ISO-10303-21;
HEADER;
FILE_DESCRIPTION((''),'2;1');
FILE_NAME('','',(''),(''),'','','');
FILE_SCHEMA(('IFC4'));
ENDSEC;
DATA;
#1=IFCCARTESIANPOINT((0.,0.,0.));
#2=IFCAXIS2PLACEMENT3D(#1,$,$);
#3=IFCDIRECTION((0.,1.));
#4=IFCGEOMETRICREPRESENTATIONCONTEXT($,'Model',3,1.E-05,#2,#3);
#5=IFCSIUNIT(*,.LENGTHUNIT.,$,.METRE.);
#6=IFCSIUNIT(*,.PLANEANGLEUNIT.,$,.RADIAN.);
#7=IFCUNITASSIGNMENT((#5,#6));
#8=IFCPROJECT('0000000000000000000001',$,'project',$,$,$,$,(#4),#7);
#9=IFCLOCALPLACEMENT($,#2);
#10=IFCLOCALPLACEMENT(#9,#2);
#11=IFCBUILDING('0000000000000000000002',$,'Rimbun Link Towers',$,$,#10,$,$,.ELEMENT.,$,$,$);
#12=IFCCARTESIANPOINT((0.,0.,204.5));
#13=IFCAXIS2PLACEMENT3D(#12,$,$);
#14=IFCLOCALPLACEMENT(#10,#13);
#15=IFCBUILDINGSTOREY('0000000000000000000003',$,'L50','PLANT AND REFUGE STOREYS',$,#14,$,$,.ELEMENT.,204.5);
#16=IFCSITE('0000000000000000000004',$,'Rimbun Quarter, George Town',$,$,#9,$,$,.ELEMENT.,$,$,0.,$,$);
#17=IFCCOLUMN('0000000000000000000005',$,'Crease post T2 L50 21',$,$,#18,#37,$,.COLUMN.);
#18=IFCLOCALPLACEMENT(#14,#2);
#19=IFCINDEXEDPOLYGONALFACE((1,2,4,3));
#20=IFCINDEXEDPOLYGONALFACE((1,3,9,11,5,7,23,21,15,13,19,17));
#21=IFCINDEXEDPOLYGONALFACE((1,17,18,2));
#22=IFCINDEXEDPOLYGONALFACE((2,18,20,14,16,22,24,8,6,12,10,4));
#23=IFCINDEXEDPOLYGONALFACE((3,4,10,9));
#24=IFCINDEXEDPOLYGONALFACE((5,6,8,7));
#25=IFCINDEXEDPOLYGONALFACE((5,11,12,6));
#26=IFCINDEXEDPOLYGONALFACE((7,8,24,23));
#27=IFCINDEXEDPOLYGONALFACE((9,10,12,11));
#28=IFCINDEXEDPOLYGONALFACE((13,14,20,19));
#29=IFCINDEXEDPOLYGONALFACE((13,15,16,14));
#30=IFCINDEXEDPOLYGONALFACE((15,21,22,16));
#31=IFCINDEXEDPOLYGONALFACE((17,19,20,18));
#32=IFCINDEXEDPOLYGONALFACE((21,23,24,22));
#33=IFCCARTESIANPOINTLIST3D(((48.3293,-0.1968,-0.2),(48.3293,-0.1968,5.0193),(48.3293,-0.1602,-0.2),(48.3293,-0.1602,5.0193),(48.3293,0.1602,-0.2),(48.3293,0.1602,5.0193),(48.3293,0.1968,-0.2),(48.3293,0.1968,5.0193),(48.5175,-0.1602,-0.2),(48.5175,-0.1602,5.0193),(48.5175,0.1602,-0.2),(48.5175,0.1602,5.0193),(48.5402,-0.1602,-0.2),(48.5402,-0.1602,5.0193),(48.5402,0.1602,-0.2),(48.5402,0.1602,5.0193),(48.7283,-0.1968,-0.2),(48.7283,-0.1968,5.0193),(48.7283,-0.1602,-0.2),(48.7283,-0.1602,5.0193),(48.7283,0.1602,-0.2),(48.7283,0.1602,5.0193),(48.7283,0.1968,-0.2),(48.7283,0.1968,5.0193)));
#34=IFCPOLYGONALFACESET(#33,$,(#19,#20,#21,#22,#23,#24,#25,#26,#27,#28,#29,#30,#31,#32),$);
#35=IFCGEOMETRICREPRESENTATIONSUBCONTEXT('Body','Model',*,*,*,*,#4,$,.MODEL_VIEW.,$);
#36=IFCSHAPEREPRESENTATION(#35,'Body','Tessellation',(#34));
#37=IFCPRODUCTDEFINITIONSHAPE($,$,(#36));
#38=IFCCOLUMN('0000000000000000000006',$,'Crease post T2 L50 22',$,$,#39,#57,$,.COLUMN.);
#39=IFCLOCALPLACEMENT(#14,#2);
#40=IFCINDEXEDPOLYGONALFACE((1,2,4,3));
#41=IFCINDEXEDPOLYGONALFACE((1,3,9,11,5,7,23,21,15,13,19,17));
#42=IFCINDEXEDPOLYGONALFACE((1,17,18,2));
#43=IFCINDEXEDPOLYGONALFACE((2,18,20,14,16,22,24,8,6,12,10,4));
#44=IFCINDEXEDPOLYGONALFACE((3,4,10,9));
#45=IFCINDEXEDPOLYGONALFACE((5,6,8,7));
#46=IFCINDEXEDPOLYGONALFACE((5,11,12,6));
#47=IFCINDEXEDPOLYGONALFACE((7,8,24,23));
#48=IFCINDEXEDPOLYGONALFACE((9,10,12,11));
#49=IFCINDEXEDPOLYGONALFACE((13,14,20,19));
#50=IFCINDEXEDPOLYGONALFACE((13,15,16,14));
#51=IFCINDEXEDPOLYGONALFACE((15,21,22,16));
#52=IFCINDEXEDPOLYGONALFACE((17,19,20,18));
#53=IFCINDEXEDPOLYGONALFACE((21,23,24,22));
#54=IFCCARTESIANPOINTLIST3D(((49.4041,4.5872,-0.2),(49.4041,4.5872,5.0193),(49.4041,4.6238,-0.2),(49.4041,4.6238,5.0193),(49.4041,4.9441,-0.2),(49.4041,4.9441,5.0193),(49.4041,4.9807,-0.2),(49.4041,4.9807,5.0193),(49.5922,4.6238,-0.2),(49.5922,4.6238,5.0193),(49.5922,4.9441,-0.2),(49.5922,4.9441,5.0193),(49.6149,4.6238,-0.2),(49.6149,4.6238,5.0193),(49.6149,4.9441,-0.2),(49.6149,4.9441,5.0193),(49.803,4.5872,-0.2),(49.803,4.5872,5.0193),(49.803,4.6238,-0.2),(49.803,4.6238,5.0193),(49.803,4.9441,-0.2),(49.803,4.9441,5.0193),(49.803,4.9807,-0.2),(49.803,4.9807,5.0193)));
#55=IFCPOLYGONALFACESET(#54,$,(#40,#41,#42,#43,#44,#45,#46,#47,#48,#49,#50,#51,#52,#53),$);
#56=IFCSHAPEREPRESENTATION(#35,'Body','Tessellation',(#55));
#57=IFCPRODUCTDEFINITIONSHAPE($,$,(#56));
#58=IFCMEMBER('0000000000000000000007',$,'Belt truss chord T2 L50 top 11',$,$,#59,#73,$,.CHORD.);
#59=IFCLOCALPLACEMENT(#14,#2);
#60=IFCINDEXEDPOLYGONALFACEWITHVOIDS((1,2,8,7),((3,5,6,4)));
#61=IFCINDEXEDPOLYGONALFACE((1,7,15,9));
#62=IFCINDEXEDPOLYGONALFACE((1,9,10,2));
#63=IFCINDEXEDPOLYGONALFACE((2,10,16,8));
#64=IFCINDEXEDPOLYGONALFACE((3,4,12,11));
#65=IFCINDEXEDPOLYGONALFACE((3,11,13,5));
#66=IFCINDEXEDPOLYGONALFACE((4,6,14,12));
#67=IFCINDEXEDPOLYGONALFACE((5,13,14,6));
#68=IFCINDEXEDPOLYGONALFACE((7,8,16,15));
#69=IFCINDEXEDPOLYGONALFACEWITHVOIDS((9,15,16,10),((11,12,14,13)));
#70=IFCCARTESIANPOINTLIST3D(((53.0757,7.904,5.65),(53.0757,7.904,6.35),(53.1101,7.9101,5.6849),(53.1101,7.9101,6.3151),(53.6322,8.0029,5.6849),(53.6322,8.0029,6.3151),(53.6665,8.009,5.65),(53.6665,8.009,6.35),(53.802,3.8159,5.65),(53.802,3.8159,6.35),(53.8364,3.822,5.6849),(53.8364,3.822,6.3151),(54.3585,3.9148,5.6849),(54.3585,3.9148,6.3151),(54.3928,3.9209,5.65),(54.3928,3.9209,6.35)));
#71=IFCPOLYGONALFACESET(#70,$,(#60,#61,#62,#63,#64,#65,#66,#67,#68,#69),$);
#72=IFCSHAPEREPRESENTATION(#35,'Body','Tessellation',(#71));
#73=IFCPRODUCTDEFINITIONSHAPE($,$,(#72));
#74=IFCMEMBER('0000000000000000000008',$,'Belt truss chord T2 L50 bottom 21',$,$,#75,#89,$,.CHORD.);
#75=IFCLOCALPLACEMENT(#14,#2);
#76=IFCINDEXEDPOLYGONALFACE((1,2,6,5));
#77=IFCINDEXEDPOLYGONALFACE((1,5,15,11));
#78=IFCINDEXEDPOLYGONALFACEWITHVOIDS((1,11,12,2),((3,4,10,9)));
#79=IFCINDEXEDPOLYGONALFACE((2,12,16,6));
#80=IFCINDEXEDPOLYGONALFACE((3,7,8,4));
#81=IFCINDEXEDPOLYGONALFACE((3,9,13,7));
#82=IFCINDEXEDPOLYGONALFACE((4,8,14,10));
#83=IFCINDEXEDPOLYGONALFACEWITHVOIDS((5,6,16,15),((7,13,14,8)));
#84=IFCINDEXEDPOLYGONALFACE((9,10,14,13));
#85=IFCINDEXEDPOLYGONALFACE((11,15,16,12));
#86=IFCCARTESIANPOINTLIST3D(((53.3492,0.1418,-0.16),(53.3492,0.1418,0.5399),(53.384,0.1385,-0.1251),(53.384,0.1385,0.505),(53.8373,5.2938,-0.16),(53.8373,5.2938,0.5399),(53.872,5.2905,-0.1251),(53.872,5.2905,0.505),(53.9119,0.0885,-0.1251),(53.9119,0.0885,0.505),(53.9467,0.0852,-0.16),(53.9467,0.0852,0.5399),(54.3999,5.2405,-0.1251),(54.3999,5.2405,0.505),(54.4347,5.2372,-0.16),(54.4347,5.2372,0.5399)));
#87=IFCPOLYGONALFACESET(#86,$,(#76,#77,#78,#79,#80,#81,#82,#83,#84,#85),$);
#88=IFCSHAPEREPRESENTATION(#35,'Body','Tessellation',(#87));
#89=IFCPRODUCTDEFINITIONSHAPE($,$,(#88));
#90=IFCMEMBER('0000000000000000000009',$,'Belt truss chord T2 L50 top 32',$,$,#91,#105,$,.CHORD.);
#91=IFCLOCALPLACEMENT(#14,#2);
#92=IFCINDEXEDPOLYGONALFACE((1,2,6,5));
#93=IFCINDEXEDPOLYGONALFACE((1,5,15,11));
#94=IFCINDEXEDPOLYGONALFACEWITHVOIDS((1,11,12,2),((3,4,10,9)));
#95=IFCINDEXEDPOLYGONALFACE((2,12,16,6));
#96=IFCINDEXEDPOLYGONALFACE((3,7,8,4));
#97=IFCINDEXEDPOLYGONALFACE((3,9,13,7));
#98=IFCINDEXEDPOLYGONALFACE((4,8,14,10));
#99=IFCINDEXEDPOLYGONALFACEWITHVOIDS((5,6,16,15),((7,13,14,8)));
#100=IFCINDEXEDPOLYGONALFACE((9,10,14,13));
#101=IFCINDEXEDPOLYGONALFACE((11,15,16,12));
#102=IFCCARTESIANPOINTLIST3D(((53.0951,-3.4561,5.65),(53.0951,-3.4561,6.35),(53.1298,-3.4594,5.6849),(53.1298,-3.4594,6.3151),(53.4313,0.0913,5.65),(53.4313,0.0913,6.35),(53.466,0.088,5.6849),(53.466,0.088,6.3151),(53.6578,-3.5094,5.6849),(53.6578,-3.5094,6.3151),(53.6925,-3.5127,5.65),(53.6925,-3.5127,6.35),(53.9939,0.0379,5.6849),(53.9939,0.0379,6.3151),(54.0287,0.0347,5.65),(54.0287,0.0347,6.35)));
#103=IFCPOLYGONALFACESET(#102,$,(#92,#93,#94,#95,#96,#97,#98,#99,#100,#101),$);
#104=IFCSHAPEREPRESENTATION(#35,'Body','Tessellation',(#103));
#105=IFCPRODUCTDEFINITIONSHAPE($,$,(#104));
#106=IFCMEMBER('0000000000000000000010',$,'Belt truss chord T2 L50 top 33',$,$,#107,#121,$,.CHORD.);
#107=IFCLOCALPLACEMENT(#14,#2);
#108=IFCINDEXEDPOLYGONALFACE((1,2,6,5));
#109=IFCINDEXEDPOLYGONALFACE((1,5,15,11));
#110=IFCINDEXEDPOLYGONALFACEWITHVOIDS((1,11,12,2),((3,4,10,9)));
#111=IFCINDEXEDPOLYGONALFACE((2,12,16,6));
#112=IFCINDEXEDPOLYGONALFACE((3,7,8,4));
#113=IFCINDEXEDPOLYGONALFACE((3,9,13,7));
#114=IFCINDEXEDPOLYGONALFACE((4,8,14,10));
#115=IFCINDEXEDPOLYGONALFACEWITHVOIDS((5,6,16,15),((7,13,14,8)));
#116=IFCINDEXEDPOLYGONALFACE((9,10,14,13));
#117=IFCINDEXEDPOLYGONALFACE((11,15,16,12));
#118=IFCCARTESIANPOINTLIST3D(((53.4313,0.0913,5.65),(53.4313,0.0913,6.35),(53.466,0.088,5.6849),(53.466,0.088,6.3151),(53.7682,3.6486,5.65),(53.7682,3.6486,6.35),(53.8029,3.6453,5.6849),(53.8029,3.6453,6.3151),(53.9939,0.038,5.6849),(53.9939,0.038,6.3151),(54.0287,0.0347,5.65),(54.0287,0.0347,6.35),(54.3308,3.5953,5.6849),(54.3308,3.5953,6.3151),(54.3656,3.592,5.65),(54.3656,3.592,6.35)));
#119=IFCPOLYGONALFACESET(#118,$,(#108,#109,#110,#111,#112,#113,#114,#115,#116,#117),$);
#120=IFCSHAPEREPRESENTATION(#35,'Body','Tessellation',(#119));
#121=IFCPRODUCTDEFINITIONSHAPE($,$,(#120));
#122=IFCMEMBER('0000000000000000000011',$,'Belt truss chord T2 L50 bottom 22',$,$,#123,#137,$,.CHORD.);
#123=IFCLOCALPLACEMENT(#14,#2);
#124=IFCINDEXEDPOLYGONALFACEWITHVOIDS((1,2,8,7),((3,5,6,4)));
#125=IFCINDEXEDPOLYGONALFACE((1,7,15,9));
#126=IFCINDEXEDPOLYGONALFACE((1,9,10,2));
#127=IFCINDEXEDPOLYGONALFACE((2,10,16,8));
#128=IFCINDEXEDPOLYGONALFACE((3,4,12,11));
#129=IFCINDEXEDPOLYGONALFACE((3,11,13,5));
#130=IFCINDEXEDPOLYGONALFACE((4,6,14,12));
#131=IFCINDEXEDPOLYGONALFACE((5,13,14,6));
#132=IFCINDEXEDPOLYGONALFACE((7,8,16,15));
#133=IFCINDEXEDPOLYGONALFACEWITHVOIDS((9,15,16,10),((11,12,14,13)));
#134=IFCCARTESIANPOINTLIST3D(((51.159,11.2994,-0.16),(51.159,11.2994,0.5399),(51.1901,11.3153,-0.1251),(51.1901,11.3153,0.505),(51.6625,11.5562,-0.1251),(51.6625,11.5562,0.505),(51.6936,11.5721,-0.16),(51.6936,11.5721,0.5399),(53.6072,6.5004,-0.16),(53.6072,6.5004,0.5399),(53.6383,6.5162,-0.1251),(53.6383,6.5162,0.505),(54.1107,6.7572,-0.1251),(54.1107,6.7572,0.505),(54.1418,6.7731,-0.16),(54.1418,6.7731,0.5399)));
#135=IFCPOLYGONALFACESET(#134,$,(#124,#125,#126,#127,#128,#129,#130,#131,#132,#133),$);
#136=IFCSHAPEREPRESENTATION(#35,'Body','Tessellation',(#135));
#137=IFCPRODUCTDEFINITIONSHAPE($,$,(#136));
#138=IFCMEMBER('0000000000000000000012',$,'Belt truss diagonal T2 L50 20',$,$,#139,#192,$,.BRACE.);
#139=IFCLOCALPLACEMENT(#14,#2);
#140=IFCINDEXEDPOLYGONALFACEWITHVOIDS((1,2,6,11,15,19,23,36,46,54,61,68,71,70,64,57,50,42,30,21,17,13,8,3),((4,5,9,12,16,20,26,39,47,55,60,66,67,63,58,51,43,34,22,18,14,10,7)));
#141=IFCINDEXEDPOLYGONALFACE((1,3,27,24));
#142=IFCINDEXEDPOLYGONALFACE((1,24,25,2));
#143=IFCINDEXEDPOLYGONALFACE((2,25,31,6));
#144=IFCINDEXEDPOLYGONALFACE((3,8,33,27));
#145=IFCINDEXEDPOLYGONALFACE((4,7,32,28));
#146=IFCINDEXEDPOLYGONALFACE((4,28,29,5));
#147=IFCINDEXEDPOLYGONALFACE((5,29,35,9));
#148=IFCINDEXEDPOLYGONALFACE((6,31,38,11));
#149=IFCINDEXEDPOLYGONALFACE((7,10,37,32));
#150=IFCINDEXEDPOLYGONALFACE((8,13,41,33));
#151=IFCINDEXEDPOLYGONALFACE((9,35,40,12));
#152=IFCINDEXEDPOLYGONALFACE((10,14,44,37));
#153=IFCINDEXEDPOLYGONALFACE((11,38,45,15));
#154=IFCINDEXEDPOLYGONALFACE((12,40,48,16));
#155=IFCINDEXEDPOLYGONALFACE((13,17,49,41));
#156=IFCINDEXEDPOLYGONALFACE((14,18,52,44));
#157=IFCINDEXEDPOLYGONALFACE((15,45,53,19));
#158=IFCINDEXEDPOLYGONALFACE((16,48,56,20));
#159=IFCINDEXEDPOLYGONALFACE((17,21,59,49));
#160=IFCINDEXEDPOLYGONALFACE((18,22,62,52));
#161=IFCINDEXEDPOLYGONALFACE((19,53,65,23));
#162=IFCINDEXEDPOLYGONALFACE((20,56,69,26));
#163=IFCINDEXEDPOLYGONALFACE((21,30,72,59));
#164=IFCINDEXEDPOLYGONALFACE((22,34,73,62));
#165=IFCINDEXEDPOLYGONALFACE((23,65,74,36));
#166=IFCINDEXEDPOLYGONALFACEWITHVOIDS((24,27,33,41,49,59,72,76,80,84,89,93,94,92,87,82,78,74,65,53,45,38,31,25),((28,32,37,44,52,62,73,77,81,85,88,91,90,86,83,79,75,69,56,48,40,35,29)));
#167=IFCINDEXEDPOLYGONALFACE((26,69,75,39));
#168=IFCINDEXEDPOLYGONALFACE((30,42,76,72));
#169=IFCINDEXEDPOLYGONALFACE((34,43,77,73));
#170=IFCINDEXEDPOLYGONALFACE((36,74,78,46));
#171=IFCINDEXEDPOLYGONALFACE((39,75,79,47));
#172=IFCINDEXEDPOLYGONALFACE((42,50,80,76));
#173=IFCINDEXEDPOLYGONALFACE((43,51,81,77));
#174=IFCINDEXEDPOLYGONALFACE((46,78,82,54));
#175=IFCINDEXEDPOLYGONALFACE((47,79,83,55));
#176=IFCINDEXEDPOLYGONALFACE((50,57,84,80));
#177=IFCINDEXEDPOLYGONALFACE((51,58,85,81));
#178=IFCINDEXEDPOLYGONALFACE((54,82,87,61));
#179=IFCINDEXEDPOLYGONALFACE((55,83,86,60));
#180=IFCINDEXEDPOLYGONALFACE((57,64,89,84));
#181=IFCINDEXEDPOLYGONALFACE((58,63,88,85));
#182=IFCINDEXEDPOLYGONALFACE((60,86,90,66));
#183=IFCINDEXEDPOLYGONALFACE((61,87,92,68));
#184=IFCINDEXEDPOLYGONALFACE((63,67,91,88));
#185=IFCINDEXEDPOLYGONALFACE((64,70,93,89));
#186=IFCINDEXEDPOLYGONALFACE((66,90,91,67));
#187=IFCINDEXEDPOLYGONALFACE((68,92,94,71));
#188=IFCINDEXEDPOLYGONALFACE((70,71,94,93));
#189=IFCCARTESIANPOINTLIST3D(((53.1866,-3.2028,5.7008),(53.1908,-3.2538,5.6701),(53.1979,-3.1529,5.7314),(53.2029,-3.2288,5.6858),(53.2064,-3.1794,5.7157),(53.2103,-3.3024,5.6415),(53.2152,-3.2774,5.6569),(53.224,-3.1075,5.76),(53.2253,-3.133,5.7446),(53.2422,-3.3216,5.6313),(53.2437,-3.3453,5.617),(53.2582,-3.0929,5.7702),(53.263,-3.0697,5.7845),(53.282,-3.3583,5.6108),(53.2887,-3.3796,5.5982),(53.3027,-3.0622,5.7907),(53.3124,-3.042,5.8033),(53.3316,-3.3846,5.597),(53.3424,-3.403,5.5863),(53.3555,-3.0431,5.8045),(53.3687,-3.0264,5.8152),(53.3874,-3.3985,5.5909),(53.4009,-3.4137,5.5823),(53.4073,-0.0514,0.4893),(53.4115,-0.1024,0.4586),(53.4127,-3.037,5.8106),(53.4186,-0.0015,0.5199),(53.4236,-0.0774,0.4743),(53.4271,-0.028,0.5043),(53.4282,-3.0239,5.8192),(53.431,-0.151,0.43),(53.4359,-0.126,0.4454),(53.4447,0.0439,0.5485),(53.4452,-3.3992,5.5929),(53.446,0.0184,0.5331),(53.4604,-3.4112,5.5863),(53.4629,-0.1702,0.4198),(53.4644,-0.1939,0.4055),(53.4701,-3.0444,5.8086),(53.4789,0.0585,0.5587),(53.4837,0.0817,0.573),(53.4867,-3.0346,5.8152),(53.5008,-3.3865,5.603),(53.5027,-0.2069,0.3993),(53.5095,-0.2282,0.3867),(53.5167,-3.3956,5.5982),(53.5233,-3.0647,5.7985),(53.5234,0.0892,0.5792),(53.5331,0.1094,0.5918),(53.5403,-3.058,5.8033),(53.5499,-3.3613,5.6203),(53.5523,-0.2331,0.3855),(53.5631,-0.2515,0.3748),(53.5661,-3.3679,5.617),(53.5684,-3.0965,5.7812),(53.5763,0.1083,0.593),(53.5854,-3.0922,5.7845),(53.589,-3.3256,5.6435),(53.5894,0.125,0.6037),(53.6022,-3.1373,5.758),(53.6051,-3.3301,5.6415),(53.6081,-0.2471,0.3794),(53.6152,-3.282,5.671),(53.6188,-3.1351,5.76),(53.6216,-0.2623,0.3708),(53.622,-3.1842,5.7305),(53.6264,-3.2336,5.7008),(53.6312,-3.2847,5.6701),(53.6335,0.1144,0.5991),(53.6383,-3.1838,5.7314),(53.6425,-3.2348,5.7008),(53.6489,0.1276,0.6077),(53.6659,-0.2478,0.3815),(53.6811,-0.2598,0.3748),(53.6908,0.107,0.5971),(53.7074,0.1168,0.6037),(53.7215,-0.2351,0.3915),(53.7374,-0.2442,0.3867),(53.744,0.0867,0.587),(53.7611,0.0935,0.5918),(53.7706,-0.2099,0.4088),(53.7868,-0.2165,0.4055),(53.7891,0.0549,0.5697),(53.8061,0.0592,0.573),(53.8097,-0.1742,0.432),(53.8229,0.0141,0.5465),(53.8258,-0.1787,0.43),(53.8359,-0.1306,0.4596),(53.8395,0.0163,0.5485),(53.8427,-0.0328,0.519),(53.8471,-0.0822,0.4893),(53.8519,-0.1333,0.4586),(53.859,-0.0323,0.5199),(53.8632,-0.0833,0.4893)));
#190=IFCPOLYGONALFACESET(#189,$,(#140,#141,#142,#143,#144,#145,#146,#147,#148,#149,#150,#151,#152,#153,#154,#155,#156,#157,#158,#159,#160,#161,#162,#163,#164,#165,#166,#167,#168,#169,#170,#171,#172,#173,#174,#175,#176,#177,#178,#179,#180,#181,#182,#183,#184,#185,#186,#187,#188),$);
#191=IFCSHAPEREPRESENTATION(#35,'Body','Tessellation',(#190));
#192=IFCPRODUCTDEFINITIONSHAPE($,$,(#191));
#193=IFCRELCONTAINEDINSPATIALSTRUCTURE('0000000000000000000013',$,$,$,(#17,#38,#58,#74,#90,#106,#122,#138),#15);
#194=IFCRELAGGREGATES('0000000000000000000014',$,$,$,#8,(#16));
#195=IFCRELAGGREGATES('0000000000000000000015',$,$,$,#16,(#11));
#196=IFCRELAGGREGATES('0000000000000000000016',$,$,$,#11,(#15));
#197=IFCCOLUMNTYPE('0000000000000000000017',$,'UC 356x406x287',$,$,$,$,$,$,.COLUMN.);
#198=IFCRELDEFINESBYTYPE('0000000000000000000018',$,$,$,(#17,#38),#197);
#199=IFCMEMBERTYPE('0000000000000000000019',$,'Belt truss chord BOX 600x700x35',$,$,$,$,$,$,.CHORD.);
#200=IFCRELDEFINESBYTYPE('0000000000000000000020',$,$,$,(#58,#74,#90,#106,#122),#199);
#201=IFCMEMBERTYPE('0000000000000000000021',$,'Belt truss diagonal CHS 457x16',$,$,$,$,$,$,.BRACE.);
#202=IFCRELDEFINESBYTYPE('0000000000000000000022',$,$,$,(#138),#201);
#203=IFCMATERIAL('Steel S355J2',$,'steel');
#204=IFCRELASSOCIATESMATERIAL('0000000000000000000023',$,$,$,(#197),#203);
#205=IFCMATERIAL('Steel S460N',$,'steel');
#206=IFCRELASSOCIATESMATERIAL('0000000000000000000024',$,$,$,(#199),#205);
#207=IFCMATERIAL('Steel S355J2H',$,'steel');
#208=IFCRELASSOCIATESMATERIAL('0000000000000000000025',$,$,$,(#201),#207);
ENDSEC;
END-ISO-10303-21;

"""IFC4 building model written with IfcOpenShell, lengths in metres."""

from ifc_helpers import new_model, si_unit, direction, frame, origin, origin_2d, place, context, subcontext, project, spatial, hollow_rectangle, hollow_circle, i_section, extrude, material, material_profile, profile_set, type_object, element, save


model = new_model("IFC4")

# Units and contexts
model_context = context("Model", 3, precision=1e-05, world=origin(), true_north=direction((0.0, 1.0)))
body_context = subcontext(model_context, "Body", "Model", "MODEL_VIEW")
ifc_project = project(units=[si_unit("LENGTHUNIT", "METRE"), si_unit("PLANEANGLEUNIT", "RADIAN")], contexts=[model_context])

# Site, building, storey
site_placement = place(None, origin())
site = spatial("IfcSite", under=ifc_project, at=site_placement, Name="Rimbun Quarter, George Town", CompositionType="ELEMENT", RefElevation=0.0)
building_placement = place(site_placement, origin())
building = spatial("IfcBuilding", under=site, at=building_placement, Name="Rimbun Link Towers", CompositionType="ELEMENT")
storey_placement = place(building_placement, frame((0.0, 0.0, 204.5)))
storey = spatial("IfcBuildingStorey", under=building, at=storey_placement, Name="L50", Description="PLANT AND REFUGE STOREYS", CompositionType="ELEMENT", Elevation=204.5)

# Columns
ifc_material_1 = material(Name="Steel S355J2", Category="steel")
ifc_material_profile_1 = material_profile(ifc_material_1, i_section(OverallWidth=0.3989, OverallDepth=0.3936, WebThickness=0.0227, FlangeThickness=0.0366, at=origin_2d()), Name="UC 356x406x287")
ifc_profile_set_1 = profile_set([ifc_material_profile_1], Name="Steel S355J2")
column_type = type_object("IfcColumnType", Name="UC 356x406x287", PredefinedType="COLUMN", material=ifc_profile_set_1)
for number, where, z_axis, x_axis, name in (
    (1, (48.5288, 0.0, -0.2), (0.0, 0.0, 1.0), (1.0, 0.0, 0.0), "Crease post T2 L50 21"),
    (2, (49.6035, 4.7839, -0.2), (0.0, 0.0, 1.0), (1.0, 0.0, 0.0), "Crease post T2 L50 22"),
):
    element("IfcColumn", number, at=place(storey_placement, frame(where, z_axis=z_axis, x_axis=x_axis)), inside=storey, type_object=column_type, Name=name, PredefinedType="COLUMN", context=body_context, shape_type="SweptSolid", body=[
        extrude(i_section(OverallWidth=0.3989, OverallDepth=0.3936, WebThickness=0.0227, FlangeThickness=0.0366, at=origin_2d()), origin(), (0.0, 0.0, 1.0), 5.2192),
    ])

# Members
ifc_material_2 = material(Name="Steel S460N", Category="steel")
ifc_material_profile_2 = material_profile(ifc_material_2, hollow_rectangle(XDim=0.6001, YDim=0.7, WallThickness=0.0349, at=origin_2d()), Name="Belt truss chord BOX 600x700x35")
ifc_profile_set_2 = profile_set([ifc_material_profile_2], Name="Steel S460N")
member_type_1 = type_object("IfcMemberType", Name="Belt truss chord BOX 600x700x35", PredefinedType="CHORD", material=ifc_profile_set_2)
member_1_placement = place(storey_placement, frame((54.0974, 3.8684, 6.0), z_axis=(-0.174926, 0.984582, 0.0), x_axis=(-0.984582, -0.174926, 0.0)))
element("IfcMember", 3, at=member_1_placement, inside=storey, type_object=member_type_1, Name="Belt truss chord T2 L50 top 11", PredefinedType="CHORD", context=body_context, shape_type="SweptSolid", body=[
    extrude(hollow_rectangle(XDim=0.6001, YDim=0.7, WallThickness=0.0349, at=origin_2d()), origin(), (0.0, 0.0, 1.0), 4.1521),
])
member_2_placement = place(storey_placement, frame((53.6479, 0.1135, 0.1899), z_axis=(0.094304, 0.995543, 0.0), x_axis=(-0.995543, 0.094304, 0.0)))
element("IfcMember", 4, at=member_2_placement, inside=storey, type_object=member_type_1, Name="Belt truss chord T2 L50 bottom 21", PredefinedType="CHORD", context=body_context, shape_type="SweptSolid", body=[
    extrude(hollow_rectangle(XDim=0.6001, YDim=0.7, WallThickness=0.0349, at=origin_2d()), origin(), (0.0, 0.0, 1.0), 5.175),
])
member_3_placement = place(storey_placement, frame((53.3938, -3.4844, 6.0), z_axis=(0.094347, 0.995539, 0.0), x_axis=(-0.995539, 0.094347, 0.0)))
element("IfcMember", 5, at=member_3_placement, inside=storey, type_object=member_type_1, Name="Belt truss chord T2 L50 top 32", PredefinedType="CHORD", context=body_context, shape_type="SweptSolid", body=[
    extrude(hollow_rectangle(XDim=0.6001, YDim=0.7, WallThickness=0.0349, at=origin_2d()), origin(), (0.0, 0.0, 1.0), 3.5632),
])
member_4_placement = place(storey_placement, frame((53.73, 0.063, 6.0), z_axis=(0.094287, 0.995545, 0.0), x_axis=(-0.995545, 0.094287, 0.0)))
element("IfcMember", 6, at=member_4_placement, inside=storey, type_object=member_type_1, Name="Belt truss chord T2 L50 top 33", PredefinedType="CHORD", context=body_context, shape_type="SweptSolid", body=[
    extrude(hollow_rectangle(XDim=0.6001, YDim=0.7, WallThickness=0.0349, at=origin_2d()), origin(), (0.0, 0.0, 1.0), 3.5732),
])
member_5_placement = place(storey_placement, frame((53.8745, 6.6367, 0.1899), z_axis=(-0.454431, 0.890782, 0.0), x_axis=(-0.890782, -0.454431, 0.0)))
element("IfcMember", 7, at=member_5_placement, inside=storey, type_object=member_type_1, Name="Belt truss chord T2 L50 bottom 22", PredefinedType="CHORD", context=body_context, shape_type="SweptSolid", body=[
    extrude(hollow_rectangle(XDim=0.6001, YDim=0.7, WallThickness=0.0349, at=origin_2d()), origin(), (0.0, 0.0, 1.0), 5.3875),
])
ifc_material_3 = material(Name="Steel S355J2H", Category="steel")
ifc_material_profile_3 = material_profile(ifc_material_3, hollow_circle(Radius=0.2285, WallThickness=0.0161, at=origin_2d()), Name="Belt truss diagonal CHS 457x16")
ifc_profile_set_3 = profile_set([ifc_material_profile_3], Name="Steel S355J2H")
member_type_2 = type_object("IfcMemberType", Name="Belt truss diagonal CHS 457x16", PredefinedType="BRACE", material=ifc_profile_set_3)
member_6_placement = place(storey_placement, frame((53.6353, -0.0674, 0.4893), z_axis=(-0.036216, -0.517113, 0.855151), x_axis=(0.997557, -0.069863, 0.0)))
element("IfcMember", 8, at=member_6_placement, inside=storey, type_object=member_type_2, Name="Belt truss diagonal T2 L50 20", PredefinedType="BRACE", context=body_context, shape_type="SweptSolid", body=[
    extrude(hollow_circle(Radius=0.2285, WallThickness=0.0161, at=origin_2d()), origin(), (0.0, 0.0, 1.0), 6.0942),
])

save(model, "model.ifc")
